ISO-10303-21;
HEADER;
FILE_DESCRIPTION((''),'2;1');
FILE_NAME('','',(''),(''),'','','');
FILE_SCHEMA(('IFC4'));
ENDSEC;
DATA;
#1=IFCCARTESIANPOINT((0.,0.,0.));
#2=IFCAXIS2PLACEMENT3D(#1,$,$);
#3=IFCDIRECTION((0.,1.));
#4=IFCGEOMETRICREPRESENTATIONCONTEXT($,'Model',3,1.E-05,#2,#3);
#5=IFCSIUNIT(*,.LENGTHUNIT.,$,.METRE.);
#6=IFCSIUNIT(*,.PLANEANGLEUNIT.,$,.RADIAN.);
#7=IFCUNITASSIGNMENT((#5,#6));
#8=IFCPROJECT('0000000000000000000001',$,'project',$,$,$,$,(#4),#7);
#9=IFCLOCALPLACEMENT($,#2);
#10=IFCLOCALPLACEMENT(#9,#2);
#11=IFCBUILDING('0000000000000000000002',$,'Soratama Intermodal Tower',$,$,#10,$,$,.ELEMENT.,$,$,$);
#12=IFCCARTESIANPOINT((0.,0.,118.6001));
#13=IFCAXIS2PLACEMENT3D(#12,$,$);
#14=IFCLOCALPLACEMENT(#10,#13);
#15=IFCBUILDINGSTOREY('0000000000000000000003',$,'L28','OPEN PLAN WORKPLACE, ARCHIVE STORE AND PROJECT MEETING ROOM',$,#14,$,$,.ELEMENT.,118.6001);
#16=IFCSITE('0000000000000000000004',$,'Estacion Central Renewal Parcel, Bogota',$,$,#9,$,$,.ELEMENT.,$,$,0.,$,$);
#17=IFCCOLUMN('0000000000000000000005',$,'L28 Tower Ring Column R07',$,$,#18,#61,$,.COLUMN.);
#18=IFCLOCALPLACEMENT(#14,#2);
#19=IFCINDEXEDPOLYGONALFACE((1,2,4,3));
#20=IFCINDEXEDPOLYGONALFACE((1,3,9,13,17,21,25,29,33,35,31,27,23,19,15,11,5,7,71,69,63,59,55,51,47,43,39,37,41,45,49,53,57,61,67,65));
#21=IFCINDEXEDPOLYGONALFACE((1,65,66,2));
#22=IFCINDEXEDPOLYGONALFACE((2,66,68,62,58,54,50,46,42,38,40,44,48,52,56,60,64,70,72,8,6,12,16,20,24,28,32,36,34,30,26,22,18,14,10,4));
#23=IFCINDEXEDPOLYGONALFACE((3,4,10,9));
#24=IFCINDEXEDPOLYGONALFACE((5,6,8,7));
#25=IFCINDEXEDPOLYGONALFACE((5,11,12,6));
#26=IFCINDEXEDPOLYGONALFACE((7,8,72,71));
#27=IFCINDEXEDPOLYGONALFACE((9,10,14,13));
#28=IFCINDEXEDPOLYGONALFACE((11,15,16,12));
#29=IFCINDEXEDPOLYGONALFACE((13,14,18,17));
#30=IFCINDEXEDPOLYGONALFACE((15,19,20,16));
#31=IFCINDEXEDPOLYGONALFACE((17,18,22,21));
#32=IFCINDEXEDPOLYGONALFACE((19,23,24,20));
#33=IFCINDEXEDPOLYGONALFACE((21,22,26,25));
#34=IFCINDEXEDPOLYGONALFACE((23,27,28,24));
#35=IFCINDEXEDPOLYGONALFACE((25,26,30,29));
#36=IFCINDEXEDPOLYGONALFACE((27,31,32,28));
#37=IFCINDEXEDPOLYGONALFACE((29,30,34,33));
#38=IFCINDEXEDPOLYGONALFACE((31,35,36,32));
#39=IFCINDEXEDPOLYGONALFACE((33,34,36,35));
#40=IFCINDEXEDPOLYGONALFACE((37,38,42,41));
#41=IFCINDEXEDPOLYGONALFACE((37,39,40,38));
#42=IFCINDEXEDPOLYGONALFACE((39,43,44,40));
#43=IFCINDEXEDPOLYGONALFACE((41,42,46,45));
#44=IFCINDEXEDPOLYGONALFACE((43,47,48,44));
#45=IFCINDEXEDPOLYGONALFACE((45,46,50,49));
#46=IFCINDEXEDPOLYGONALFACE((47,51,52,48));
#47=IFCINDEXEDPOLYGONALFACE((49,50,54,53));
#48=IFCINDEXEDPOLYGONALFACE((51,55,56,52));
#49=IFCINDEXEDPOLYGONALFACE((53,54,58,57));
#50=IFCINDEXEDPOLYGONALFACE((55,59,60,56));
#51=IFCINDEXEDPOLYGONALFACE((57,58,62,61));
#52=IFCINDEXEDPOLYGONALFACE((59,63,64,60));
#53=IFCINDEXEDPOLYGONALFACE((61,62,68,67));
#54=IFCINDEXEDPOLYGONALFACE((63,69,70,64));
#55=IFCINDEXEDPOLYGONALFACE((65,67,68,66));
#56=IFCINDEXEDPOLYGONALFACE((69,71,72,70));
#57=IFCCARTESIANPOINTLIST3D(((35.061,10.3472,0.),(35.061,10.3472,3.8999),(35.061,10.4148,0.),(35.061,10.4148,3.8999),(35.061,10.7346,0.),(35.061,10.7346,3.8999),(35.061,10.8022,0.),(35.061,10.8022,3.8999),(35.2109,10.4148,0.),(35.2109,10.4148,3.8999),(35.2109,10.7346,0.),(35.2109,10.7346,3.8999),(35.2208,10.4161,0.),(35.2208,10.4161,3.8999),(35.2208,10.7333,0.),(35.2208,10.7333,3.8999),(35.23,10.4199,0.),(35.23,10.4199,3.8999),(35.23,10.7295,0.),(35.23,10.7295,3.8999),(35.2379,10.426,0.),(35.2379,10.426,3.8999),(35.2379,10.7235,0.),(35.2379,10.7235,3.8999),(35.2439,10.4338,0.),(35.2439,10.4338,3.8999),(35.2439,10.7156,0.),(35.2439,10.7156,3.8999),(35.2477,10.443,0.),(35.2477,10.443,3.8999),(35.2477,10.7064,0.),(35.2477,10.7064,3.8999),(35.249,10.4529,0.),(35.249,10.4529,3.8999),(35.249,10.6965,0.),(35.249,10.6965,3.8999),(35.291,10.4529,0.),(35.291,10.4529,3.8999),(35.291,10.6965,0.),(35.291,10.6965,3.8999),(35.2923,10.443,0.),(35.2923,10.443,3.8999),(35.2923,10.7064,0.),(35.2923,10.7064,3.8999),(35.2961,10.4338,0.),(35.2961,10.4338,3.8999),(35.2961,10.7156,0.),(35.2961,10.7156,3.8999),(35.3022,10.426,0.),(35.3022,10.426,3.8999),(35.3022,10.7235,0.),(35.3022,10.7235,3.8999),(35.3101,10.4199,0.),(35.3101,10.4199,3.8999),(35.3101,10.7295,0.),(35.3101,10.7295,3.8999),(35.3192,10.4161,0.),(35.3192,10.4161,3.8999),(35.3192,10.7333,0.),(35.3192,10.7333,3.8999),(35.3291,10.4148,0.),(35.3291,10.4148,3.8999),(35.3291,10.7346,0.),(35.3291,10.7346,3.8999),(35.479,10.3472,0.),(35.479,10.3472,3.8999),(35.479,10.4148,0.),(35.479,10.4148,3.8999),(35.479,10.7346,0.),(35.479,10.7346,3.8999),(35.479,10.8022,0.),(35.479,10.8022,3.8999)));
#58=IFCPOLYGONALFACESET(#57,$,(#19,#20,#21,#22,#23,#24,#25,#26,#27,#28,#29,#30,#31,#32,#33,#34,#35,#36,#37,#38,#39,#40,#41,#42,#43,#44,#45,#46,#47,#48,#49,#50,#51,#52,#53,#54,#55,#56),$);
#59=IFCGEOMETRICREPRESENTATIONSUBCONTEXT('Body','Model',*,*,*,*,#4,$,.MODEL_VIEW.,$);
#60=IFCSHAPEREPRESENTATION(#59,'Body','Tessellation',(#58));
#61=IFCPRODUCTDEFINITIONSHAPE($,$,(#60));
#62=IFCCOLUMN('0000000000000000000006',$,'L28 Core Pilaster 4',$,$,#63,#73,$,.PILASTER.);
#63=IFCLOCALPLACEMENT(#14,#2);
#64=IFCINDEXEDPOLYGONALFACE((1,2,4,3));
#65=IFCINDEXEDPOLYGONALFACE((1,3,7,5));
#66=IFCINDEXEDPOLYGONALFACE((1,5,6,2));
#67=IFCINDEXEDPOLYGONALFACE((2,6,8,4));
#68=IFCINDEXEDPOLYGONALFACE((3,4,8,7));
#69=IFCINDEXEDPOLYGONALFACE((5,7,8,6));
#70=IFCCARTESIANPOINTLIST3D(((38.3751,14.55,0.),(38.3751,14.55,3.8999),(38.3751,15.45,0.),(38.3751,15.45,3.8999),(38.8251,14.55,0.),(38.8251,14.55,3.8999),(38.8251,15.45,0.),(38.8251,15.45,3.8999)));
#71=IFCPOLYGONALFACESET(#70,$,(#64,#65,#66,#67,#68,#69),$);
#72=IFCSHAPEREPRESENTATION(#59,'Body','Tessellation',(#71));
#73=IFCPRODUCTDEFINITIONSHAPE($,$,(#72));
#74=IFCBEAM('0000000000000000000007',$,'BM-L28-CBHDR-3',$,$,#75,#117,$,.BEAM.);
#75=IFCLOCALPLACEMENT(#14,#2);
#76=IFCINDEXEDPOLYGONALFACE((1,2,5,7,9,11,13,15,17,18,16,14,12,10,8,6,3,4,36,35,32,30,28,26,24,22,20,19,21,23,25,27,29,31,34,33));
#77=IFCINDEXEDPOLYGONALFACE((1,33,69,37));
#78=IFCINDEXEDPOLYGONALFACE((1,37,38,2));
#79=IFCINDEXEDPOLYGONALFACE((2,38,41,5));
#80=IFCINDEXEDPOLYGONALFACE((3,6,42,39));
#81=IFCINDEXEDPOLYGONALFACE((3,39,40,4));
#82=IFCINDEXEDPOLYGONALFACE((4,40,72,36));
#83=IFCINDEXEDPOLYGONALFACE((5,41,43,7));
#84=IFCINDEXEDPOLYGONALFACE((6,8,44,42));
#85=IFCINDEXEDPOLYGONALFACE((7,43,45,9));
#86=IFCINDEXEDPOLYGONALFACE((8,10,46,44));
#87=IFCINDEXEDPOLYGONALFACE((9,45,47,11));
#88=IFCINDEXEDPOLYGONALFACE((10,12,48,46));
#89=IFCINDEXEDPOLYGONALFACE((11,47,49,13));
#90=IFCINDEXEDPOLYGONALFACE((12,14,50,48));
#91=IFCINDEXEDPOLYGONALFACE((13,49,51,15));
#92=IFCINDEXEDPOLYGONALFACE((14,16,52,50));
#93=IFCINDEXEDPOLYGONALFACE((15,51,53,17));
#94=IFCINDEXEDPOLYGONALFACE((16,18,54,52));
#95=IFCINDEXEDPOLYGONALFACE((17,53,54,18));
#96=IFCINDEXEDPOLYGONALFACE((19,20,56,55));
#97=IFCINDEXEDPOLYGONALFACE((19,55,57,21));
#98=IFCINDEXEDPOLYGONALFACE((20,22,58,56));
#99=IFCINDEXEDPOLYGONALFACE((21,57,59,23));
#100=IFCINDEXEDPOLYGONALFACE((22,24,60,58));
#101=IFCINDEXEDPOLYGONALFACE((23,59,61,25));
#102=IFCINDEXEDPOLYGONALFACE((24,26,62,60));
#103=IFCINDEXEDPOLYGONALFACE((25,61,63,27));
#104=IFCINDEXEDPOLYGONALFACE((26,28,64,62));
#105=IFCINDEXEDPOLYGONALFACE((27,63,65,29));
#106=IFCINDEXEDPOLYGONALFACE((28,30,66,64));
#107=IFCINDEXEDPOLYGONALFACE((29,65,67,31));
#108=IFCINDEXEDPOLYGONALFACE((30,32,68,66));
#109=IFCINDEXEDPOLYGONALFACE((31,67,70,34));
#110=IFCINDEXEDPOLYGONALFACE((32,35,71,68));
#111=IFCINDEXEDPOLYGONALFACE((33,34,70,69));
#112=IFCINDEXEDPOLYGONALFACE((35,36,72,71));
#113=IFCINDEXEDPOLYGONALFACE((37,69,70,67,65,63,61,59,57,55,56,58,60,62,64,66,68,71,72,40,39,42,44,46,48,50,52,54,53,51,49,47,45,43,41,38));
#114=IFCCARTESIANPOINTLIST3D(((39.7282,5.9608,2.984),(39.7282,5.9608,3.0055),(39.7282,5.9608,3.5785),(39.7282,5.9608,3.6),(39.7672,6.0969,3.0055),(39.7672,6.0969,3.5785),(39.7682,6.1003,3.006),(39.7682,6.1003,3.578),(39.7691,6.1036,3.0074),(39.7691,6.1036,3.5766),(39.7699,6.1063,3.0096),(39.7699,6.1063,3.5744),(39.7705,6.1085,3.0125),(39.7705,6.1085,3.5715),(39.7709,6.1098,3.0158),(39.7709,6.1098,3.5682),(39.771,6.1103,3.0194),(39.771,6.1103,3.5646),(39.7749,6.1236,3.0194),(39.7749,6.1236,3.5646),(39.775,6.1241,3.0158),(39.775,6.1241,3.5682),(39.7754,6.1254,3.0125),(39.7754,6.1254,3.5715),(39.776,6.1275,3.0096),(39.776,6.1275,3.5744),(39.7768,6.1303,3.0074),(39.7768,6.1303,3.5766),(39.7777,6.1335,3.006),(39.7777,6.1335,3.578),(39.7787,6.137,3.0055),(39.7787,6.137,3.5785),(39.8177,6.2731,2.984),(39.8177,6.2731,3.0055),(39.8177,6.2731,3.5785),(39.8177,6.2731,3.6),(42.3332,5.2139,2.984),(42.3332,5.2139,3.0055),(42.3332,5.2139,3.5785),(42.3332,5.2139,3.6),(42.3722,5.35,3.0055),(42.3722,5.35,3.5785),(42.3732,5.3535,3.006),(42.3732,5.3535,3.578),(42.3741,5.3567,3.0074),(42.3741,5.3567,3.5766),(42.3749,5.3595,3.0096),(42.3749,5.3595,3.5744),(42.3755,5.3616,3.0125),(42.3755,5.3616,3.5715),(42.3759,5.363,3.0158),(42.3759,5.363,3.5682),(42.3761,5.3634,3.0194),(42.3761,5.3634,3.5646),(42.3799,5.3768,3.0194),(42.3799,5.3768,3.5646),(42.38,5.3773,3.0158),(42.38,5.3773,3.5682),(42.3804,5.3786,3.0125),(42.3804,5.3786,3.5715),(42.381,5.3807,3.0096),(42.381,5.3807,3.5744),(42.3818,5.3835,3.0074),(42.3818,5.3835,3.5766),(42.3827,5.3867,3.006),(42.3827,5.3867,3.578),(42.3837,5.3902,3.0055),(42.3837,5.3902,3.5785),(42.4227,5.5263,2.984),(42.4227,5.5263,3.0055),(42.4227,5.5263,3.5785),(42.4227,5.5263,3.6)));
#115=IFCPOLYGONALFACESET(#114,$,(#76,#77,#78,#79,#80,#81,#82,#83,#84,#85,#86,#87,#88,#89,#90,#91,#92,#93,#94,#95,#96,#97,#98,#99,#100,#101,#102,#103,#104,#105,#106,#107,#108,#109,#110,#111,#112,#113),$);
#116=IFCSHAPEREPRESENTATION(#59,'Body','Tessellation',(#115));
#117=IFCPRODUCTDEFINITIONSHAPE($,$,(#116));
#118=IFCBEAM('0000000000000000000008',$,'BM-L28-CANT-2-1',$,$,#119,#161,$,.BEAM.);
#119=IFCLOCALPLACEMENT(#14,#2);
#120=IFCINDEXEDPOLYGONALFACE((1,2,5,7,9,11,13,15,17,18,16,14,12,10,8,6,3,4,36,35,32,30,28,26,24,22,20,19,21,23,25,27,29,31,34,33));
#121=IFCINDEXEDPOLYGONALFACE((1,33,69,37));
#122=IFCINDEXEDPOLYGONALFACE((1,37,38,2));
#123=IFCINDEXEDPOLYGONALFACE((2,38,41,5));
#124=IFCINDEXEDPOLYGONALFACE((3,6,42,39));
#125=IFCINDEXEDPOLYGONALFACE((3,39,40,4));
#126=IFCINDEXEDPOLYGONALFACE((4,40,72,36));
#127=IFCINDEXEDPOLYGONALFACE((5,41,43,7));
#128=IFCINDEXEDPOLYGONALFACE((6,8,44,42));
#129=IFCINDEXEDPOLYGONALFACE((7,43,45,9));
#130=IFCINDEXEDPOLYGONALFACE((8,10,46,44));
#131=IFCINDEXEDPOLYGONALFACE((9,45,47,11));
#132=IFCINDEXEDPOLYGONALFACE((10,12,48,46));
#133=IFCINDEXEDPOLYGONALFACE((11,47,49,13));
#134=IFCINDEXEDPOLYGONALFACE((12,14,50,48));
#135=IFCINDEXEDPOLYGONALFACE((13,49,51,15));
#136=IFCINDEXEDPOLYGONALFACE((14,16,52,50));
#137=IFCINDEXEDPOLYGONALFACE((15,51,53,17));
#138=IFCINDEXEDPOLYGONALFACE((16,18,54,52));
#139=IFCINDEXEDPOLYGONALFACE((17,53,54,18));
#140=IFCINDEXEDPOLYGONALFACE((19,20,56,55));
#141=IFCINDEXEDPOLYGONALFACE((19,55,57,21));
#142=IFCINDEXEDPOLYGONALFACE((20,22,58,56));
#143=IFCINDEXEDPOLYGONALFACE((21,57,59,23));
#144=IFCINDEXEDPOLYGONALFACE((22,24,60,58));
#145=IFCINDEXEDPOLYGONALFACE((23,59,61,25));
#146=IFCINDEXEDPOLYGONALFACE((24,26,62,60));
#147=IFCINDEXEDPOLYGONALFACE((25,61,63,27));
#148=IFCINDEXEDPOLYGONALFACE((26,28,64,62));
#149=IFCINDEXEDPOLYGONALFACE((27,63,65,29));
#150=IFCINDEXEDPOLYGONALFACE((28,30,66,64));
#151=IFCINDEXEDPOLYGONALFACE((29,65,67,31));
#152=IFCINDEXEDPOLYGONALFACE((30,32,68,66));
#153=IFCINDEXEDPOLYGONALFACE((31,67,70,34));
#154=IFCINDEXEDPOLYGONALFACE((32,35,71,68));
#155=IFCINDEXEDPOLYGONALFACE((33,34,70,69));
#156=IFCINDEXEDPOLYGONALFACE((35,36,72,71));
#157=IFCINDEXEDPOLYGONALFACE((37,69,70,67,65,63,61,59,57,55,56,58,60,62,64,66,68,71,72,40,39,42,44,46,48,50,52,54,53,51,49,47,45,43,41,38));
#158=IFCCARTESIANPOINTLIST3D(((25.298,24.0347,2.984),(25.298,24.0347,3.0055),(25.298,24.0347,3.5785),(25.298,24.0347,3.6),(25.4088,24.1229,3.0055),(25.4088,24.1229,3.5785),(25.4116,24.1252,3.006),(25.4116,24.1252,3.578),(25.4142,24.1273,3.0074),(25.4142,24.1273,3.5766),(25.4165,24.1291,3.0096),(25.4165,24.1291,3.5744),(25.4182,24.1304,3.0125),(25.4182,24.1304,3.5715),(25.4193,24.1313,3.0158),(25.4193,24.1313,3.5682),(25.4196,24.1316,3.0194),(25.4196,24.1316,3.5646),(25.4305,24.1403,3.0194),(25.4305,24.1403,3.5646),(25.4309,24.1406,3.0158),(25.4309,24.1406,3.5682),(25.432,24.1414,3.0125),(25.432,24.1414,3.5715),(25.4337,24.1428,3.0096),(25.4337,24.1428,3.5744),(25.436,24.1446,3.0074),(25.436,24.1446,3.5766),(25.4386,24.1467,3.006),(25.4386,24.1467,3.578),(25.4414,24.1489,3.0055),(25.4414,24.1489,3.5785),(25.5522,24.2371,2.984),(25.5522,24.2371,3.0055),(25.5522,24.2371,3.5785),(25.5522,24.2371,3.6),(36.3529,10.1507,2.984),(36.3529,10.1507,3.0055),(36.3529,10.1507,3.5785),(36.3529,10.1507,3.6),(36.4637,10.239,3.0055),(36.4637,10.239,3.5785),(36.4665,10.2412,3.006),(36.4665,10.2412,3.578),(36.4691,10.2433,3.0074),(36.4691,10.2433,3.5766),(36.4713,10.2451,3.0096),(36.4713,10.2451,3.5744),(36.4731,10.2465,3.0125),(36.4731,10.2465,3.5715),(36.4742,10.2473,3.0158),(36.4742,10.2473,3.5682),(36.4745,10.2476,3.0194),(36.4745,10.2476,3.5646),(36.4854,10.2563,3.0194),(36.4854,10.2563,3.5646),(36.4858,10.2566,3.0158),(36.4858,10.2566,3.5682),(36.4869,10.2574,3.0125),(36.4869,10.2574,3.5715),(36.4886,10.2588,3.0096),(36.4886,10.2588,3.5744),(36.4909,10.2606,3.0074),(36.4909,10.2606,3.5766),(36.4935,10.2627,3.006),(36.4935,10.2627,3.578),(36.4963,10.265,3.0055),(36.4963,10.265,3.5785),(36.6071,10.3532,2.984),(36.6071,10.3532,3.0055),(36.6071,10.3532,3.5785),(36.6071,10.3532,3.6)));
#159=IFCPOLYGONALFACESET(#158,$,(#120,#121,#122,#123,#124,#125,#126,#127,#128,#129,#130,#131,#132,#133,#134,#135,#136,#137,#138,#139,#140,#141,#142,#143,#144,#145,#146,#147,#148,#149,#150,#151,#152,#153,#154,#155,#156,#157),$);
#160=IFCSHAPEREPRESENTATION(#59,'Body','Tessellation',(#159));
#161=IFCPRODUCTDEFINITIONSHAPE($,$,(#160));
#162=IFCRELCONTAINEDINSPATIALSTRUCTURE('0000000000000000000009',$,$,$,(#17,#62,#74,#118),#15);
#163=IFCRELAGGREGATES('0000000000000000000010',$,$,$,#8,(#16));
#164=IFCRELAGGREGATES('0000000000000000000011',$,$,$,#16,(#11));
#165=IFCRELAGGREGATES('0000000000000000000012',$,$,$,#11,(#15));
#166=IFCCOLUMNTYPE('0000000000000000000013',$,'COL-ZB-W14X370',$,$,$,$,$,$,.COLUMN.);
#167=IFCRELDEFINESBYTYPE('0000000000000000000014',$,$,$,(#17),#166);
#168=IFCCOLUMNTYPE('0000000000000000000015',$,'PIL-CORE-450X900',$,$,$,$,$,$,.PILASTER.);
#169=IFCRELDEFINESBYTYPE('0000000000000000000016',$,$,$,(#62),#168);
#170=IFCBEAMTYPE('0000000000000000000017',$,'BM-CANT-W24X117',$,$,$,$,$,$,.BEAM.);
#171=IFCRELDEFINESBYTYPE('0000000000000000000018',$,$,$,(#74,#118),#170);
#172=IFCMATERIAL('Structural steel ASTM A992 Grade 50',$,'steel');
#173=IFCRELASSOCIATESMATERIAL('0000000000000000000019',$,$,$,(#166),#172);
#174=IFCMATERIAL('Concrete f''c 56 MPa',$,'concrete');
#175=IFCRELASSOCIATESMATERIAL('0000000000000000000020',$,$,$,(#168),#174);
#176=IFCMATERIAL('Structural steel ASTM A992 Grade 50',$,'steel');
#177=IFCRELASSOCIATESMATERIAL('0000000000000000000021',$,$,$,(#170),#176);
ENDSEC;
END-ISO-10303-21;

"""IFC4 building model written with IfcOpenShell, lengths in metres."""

from ifc_helpers import new_model, si_unit, direction, frame, origin, origin_2d, place, context, subcontext, project, spatial, rectangle, i_section, extrude, material, material_profile, profile_set, type_object, element, save


model = new_model("IFC4")

# Units and contexts
model_context = context("Model", 3, precision=1e-05, world=origin(), true_north=direction((0.0, 1.0)))
body_context = subcontext(model_context, "Body", "Model", "MODEL_VIEW")
ifc_project = project(units=[si_unit("LENGTHUNIT", "METRE"), si_unit("PLANEANGLEUNIT", "RADIAN")], contexts=[model_context])

# Site, building, storey
site_placement = place(None, origin())
site = spatial("IfcSite", under=ifc_project, at=site_placement, Name="Estacion Central Renewal Parcel, Bogota", CompositionType="ELEMENT", RefElevation=0.0)
building_placement = place(site_placement, origin())
building = spatial("IfcBuilding", under=site, at=building_placement, Name="Soratama Intermodal Tower", CompositionType="ELEMENT")
storey_placement = place(building_placement, frame((0.0, 0.0, 118.6001)))
storey = spatial("IfcBuildingStorey", under=building, at=storey_placement, Name="L28", Description="OPEN PLAN WORKPLACE, ARCHIVE STORE AND PROJECT MEETING ROOM", CompositionType="ELEMENT", Elevation=118.6001)

# Columns
ifc_material_1 = material(Name="Structural steel ASTM A992 Grade 50", Category="steel")
ifc_material_profile_1 = material_profile(ifc_material_1, i_section(OverallWidth=0.418, OverallDepth=0.4551, WebThickness=0.042, FlangeThickness=0.0676, FilletRadius=0.0381, at=origin_2d()), Name="W14X370")
ifc_profile_set_1 = profile_set([ifc_material_profile_1], Name="Structural steel ASTM A992 Grade 50")
column_type_1 = type_object("IfcColumnType", Name="COL-ZB-W14X370", PredefinedType="COLUMN", material=ifc_profile_set_1)
column_1_placement = place(storey_placement, frame((35.27, 10.5747, 0.0), z_axis=(0.0, 0.0, 1.0), x_axis=(1.0, 0.0, 0.0)))
element("IfcColumn", 1, at=column_1_placement, inside=storey, type_object=column_type_1, Name="L28 Tower Ring Column R07", PredefinedType="COLUMN", context=body_context, shape_type="SweptSolid", body=[
    extrude(i_section(OverallWidth=0.418, OverallDepth=0.4551, WebThickness=0.042, FlangeThickness=0.0676, FilletRadius=0.0381, at=origin_2d()), origin(), (0.0, 0.0, 1.0), 3.8999),
])
ifc_material_2 = material(Name="Concrete f'c 56 MPa", Category="concrete")
ifc_material_profile_2 = material_profile(ifc_material_2, rectangle(XDim=0.45, YDim=0.8999, at=origin_2d()), Name="RC450X900")
ifc_profile_set_2 = profile_set([ifc_material_profile_2], Name="Concrete f'c 56 MPa")
column_type_2 = type_object("IfcColumnType", Name="PIL-CORE-450X900", PredefinedType="PILASTER", material=ifc_profile_set_2)
column_2_placement = place(storey_placement, frame((38.6001, 15.0, 0.0), z_axis=(0.0, 0.0, 1.0), x_axis=(1.0, 0.0, 0.0)))
element("IfcColumn", 2, at=column_2_placement, inside=storey, type_object=column_type_2, Name="L28 Core Pilaster 4", PredefinedType="PILASTER", context=body_context, shape_type="SweptSolid", body=[
    extrude(rectangle(XDim=0.45, YDim=0.8999, at=origin_2d()), origin(), (0.0, 0.0, 1.0), 3.8999),
])

# Beams
ifc_material_3 = material(Name="Structural steel ASTM A992 Grade 50", Category="steel")
ifc_material_profile_3 = material_profile(ifc_material_3, i_section(OverallWidth=0.325, OverallDepth=0.616, WebThickness=0.0139, FlangeThickness=0.0215, FilletRadius=0.0139, at=origin_2d()), Name="W24X117")
ifc_profile_set_3 = profile_set([ifc_material_profile_3], Name="Structural steel ASTM A992 Grade 50")
beam_type_1 = type_object("IfcBeamType", Name="BM-CANT-W24X117", PredefinedType="BEAM", material=ifc_profile_set_3)
beam_1_placement = place(storey_placement, frame((39.7729, 6.1169, 3.292), z_axis=(0.961275, -0.27559, 0.0), x_axis=(0.27559, 0.961275, 0.0)))
element("IfcBeam", 3, at=beam_1_placement, inside=storey, type_object=beam_type_1, Name="BM-L28-CBHDR-3", PredefinedType="BEAM", context=body_context, shape_type="SweptSolid", body=[
    extrude(i_section(OverallWidth=0.325, OverallDepth=0.616, WebThickness=0.0139, FlangeThickness=0.0215, FilletRadius=0.0139, at=origin_2d()), origin(), (0.0, 0.0, 1.0), 2.71),
])
beam_2_placement = place(storey_placement, frame((36.48, 10.252, 3.292), z_axis=(-0.622897, 0.782304, 0.0), x_axis=(-0.782304, -0.622897, 0.0)))
element("IfcBeam", 4, at=beam_2_placement, inside=storey, type_object=beam_type_1, Name="BM-L28-CANT-2-1", PredefinedType="BEAM", context=body_context, shape_type="SweptSolid", body=[
    extrude(i_section(OverallWidth=0.325, OverallDepth=0.616, WebThickness=0.0139, FlangeThickness=0.0215, FilletRadius=0.0139, at=origin_2d()), origin(), (0.0, 0.0, 1.0), 17.7476),
])

save(model, "model.ifc")
